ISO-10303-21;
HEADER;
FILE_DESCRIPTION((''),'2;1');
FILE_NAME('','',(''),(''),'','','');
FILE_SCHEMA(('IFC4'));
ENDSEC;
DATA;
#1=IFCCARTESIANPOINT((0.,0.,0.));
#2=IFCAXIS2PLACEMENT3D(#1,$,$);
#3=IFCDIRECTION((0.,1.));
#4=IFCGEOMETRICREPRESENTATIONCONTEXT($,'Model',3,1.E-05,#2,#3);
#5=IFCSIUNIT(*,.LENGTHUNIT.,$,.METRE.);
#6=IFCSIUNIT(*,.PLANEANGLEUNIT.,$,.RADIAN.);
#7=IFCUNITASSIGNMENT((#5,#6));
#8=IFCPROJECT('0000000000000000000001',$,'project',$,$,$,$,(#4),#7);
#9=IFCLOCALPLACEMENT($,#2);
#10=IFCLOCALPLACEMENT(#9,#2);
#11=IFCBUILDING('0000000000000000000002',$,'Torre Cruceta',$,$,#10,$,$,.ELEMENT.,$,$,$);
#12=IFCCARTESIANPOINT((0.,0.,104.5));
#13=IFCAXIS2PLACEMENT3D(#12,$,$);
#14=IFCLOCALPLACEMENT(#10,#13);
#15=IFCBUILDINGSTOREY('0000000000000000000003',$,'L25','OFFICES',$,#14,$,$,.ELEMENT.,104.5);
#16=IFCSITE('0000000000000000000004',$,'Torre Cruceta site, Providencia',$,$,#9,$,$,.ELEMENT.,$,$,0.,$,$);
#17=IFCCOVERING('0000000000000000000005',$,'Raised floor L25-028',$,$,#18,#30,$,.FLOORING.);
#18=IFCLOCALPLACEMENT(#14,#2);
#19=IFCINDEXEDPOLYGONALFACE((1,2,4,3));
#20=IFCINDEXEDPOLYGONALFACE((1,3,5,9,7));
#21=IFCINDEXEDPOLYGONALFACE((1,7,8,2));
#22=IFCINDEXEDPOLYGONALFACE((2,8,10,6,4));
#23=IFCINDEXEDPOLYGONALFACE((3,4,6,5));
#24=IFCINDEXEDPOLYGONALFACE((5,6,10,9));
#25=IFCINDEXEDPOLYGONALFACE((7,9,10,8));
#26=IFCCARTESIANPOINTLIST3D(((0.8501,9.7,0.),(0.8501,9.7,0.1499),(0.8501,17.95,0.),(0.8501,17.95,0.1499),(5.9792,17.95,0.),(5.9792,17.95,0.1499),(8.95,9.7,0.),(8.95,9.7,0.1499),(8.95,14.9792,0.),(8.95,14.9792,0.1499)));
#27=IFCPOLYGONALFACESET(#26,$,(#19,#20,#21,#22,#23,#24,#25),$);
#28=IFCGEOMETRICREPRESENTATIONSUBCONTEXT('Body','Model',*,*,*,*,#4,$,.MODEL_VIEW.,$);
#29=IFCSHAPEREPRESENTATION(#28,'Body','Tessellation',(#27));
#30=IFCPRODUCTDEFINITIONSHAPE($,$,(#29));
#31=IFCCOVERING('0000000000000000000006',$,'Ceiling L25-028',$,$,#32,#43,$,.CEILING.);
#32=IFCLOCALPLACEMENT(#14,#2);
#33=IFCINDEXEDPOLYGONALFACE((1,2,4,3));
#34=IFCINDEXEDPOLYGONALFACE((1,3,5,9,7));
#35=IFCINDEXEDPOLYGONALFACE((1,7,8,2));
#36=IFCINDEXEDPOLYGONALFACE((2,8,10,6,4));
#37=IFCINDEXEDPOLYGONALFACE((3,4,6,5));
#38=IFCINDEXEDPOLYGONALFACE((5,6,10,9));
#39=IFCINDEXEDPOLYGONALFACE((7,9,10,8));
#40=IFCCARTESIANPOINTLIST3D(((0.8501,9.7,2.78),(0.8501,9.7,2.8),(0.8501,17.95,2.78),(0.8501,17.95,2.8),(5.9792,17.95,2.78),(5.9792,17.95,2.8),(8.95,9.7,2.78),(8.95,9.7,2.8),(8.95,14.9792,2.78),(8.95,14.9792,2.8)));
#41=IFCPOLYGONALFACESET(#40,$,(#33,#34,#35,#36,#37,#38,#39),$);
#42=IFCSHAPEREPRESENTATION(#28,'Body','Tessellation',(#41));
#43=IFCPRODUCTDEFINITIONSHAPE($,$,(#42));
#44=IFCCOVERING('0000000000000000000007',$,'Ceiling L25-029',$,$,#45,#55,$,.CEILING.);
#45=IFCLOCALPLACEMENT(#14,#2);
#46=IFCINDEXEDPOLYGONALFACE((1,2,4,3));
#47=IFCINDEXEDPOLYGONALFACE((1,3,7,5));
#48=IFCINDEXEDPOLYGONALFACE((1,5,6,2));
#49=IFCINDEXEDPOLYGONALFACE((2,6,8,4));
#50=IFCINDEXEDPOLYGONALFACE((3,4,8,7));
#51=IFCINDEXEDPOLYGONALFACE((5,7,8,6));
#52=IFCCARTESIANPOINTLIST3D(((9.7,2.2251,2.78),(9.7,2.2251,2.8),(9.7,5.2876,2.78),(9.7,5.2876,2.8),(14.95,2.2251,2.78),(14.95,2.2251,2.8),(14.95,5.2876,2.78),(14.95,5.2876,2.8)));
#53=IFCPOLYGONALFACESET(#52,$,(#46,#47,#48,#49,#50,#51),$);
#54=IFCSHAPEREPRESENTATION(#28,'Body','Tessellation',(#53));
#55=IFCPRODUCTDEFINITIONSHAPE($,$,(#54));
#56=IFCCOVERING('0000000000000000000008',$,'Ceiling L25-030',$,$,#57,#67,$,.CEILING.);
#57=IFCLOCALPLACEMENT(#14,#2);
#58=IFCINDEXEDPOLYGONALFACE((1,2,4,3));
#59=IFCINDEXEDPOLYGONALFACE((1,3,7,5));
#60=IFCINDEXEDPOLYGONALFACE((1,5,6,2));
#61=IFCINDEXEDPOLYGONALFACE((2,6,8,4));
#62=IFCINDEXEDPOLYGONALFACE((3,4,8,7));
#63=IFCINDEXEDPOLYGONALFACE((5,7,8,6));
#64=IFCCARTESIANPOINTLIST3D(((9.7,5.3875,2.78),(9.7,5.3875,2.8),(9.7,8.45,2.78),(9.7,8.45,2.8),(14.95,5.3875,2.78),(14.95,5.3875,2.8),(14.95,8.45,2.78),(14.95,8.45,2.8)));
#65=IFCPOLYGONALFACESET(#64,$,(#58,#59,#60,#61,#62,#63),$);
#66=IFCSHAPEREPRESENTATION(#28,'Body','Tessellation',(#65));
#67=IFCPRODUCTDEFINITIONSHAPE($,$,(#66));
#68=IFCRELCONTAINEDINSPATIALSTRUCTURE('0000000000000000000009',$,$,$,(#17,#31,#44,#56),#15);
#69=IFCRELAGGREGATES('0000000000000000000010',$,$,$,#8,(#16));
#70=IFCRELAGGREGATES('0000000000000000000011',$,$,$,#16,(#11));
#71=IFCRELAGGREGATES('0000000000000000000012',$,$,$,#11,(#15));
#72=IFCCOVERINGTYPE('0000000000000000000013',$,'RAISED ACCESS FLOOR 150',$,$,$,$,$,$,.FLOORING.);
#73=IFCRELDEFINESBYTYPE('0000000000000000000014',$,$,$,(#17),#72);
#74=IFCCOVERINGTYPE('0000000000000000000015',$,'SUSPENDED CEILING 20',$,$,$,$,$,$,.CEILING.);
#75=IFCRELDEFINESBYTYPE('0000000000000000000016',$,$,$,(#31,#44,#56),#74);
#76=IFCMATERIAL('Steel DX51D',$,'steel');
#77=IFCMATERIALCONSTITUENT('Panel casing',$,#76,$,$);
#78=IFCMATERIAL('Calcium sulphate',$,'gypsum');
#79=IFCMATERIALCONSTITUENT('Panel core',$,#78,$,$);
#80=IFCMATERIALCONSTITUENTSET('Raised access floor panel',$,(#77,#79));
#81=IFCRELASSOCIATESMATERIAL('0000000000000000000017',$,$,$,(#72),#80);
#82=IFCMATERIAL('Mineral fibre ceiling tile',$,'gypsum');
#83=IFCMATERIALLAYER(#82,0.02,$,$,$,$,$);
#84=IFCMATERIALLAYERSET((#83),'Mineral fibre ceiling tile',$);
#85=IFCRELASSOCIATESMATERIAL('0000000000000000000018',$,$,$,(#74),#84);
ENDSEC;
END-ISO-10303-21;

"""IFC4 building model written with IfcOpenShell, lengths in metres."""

from ifc_helpers import new_model, si_unit, direction, frame, origin, place, context, subcontext, project, spatial, polyline, outline, extrude, material, layer, layer_set, constituent, constituent_set, type_object, element, save


model = new_model("IFC4")

# Units and contexts
model_context = context("Model", 3, precision=1e-05, world=origin(), true_north=direction((0.0, 1.0)))
body_context = subcontext(model_context, "Body", "Model", "MODEL_VIEW")
ifc_project = project(units=[si_unit("LENGTHUNIT", "METRE"), si_unit("PLANEANGLEUNIT", "RADIAN")], contexts=[model_context])

# Site, building, storey
site_placement = place(None, origin())
site = spatial("IfcSite", under=ifc_project, at=site_placement, Name="Torre Cruceta site, Providencia", CompositionType="ELEMENT", RefElevation=0.0)
building_placement = place(site_placement, origin())
building = spatial("IfcBuilding", under=site, at=building_placement, Name="Torre Cruceta", CompositionType="ELEMENT")
storey_placement = place(building_placement, frame((0.0, 0.0, 104.5)))
storey = spatial("IfcBuildingStorey", under=building, at=storey_placement, Name="L25", Description="OFFICES", CompositionType="ELEMENT", Elevation=104.5)

# Coverings
ifc_material_1 = material(Name="Steel DX51D", Category="steel")
ifc_constituent_1 = constituent(ifc_material_1, Name="Panel casing")
ifc_material_2 = material(Name="Calcium sulphate", Category="gypsum")
ifc_constituent_2 = constituent(ifc_material_2, Name="Panel core")
ifc_constituent_set_1 = constituent_set(constituents=[ifc_constituent_1, ifc_constituent_2], Name="Raised access floor panel")
covering_type_1 = type_object("IfcCoveringType", Name="RAISED ACCESS FLOOR 150", PredefinedType="FLOORING", material=ifc_constituent_set_1)
covering_1_placement = place(storey_placement, origin())
element("IfcCovering", 1, at=covering_1_placement, inside=storey, type_object=covering_type_1, Name="Raised floor L25-028", PredefinedType="FLOORING", context=body_context, shape_type="SweptSolid", body=[
    extrude(outline(polyline([(5.9792, 17.95), (8.95, 14.9792), (8.95, 9.7), (0.8501, 9.7), (0.8501, 17.95), (5.9792, 17.95)])), origin(), (0.0, 0.0, 1.0), 0.1499),
])
ifc_material_3 = material(Name="Mineral fibre ceiling tile", Category="gypsum")
ifc_layer_1 = layer(ifc_material_3, 0.02)
ifc_layer_set_1 = layer_set([ifc_layer_1], Name="Mineral fibre ceiling tile")
covering_type_2 = type_object("IfcCoveringType", Name="SUSPENDED CEILING 20", PredefinedType="CEILING", material=ifc_layer_set_1)
covering_2_placement = place(storey_placement, frame((0.0, 0.0, 2.78)))
element("IfcCovering", 2, at=covering_2_placement, inside=storey, type_object=covering_type_2, Name="Ceiling L25-028", PredefinedType="CEILING", context=body_context, shape_type="SweptSolid", body=[
    extrude(outline(polyline([(5.9792, 17.95), (8.95, 14.9792), (8.95, 9.7), (0.8501, 9.7), (0.8501, 17.95), (5.9792, 17.95)])), origin(), (0.0, 0.0, 1.0), 0.02),
])
covering_3_placement = place(storey_placement, frame((0.0, 0.0, 2.78)))
element("IfcCovering", 3, at=covering_3_placement, inside=storey, type_object=covering_type_2, Name="Ceiling L25-029", PredefinedType="CEILING", context=body_context, shape_type="SweptSolid", body=[
    extrude(outline(polyline([(9.7, 2.2251), (9.7, 5.2876), (14.95, 5.2876), (14.95, 2.2251), (9.7, 2.2251)])), origin(), (0.0, 0.0, 1.0), 0.02),
])
covering_4_placement = place(storey_placement, frame((0.0, 0.0, 2.78)))
element("IfcCovering", 4, at=covering_4_placement, inside=storey, type_object=covering_type_2, Name="Ceiling L25-030", PredefinedType="CEILING", context=body_context, shape_type="SweptSolid", body=[
    extrude(outline(polyline([(9.7, 5.3875), (9.7, 8.45), (14.95, 8.45), (14.95, 5.3875), (9.7, 5.3875)])), origin(), (0.0, 0.0, 1.0), 0.02),
])

save(model, "model.ifc")
